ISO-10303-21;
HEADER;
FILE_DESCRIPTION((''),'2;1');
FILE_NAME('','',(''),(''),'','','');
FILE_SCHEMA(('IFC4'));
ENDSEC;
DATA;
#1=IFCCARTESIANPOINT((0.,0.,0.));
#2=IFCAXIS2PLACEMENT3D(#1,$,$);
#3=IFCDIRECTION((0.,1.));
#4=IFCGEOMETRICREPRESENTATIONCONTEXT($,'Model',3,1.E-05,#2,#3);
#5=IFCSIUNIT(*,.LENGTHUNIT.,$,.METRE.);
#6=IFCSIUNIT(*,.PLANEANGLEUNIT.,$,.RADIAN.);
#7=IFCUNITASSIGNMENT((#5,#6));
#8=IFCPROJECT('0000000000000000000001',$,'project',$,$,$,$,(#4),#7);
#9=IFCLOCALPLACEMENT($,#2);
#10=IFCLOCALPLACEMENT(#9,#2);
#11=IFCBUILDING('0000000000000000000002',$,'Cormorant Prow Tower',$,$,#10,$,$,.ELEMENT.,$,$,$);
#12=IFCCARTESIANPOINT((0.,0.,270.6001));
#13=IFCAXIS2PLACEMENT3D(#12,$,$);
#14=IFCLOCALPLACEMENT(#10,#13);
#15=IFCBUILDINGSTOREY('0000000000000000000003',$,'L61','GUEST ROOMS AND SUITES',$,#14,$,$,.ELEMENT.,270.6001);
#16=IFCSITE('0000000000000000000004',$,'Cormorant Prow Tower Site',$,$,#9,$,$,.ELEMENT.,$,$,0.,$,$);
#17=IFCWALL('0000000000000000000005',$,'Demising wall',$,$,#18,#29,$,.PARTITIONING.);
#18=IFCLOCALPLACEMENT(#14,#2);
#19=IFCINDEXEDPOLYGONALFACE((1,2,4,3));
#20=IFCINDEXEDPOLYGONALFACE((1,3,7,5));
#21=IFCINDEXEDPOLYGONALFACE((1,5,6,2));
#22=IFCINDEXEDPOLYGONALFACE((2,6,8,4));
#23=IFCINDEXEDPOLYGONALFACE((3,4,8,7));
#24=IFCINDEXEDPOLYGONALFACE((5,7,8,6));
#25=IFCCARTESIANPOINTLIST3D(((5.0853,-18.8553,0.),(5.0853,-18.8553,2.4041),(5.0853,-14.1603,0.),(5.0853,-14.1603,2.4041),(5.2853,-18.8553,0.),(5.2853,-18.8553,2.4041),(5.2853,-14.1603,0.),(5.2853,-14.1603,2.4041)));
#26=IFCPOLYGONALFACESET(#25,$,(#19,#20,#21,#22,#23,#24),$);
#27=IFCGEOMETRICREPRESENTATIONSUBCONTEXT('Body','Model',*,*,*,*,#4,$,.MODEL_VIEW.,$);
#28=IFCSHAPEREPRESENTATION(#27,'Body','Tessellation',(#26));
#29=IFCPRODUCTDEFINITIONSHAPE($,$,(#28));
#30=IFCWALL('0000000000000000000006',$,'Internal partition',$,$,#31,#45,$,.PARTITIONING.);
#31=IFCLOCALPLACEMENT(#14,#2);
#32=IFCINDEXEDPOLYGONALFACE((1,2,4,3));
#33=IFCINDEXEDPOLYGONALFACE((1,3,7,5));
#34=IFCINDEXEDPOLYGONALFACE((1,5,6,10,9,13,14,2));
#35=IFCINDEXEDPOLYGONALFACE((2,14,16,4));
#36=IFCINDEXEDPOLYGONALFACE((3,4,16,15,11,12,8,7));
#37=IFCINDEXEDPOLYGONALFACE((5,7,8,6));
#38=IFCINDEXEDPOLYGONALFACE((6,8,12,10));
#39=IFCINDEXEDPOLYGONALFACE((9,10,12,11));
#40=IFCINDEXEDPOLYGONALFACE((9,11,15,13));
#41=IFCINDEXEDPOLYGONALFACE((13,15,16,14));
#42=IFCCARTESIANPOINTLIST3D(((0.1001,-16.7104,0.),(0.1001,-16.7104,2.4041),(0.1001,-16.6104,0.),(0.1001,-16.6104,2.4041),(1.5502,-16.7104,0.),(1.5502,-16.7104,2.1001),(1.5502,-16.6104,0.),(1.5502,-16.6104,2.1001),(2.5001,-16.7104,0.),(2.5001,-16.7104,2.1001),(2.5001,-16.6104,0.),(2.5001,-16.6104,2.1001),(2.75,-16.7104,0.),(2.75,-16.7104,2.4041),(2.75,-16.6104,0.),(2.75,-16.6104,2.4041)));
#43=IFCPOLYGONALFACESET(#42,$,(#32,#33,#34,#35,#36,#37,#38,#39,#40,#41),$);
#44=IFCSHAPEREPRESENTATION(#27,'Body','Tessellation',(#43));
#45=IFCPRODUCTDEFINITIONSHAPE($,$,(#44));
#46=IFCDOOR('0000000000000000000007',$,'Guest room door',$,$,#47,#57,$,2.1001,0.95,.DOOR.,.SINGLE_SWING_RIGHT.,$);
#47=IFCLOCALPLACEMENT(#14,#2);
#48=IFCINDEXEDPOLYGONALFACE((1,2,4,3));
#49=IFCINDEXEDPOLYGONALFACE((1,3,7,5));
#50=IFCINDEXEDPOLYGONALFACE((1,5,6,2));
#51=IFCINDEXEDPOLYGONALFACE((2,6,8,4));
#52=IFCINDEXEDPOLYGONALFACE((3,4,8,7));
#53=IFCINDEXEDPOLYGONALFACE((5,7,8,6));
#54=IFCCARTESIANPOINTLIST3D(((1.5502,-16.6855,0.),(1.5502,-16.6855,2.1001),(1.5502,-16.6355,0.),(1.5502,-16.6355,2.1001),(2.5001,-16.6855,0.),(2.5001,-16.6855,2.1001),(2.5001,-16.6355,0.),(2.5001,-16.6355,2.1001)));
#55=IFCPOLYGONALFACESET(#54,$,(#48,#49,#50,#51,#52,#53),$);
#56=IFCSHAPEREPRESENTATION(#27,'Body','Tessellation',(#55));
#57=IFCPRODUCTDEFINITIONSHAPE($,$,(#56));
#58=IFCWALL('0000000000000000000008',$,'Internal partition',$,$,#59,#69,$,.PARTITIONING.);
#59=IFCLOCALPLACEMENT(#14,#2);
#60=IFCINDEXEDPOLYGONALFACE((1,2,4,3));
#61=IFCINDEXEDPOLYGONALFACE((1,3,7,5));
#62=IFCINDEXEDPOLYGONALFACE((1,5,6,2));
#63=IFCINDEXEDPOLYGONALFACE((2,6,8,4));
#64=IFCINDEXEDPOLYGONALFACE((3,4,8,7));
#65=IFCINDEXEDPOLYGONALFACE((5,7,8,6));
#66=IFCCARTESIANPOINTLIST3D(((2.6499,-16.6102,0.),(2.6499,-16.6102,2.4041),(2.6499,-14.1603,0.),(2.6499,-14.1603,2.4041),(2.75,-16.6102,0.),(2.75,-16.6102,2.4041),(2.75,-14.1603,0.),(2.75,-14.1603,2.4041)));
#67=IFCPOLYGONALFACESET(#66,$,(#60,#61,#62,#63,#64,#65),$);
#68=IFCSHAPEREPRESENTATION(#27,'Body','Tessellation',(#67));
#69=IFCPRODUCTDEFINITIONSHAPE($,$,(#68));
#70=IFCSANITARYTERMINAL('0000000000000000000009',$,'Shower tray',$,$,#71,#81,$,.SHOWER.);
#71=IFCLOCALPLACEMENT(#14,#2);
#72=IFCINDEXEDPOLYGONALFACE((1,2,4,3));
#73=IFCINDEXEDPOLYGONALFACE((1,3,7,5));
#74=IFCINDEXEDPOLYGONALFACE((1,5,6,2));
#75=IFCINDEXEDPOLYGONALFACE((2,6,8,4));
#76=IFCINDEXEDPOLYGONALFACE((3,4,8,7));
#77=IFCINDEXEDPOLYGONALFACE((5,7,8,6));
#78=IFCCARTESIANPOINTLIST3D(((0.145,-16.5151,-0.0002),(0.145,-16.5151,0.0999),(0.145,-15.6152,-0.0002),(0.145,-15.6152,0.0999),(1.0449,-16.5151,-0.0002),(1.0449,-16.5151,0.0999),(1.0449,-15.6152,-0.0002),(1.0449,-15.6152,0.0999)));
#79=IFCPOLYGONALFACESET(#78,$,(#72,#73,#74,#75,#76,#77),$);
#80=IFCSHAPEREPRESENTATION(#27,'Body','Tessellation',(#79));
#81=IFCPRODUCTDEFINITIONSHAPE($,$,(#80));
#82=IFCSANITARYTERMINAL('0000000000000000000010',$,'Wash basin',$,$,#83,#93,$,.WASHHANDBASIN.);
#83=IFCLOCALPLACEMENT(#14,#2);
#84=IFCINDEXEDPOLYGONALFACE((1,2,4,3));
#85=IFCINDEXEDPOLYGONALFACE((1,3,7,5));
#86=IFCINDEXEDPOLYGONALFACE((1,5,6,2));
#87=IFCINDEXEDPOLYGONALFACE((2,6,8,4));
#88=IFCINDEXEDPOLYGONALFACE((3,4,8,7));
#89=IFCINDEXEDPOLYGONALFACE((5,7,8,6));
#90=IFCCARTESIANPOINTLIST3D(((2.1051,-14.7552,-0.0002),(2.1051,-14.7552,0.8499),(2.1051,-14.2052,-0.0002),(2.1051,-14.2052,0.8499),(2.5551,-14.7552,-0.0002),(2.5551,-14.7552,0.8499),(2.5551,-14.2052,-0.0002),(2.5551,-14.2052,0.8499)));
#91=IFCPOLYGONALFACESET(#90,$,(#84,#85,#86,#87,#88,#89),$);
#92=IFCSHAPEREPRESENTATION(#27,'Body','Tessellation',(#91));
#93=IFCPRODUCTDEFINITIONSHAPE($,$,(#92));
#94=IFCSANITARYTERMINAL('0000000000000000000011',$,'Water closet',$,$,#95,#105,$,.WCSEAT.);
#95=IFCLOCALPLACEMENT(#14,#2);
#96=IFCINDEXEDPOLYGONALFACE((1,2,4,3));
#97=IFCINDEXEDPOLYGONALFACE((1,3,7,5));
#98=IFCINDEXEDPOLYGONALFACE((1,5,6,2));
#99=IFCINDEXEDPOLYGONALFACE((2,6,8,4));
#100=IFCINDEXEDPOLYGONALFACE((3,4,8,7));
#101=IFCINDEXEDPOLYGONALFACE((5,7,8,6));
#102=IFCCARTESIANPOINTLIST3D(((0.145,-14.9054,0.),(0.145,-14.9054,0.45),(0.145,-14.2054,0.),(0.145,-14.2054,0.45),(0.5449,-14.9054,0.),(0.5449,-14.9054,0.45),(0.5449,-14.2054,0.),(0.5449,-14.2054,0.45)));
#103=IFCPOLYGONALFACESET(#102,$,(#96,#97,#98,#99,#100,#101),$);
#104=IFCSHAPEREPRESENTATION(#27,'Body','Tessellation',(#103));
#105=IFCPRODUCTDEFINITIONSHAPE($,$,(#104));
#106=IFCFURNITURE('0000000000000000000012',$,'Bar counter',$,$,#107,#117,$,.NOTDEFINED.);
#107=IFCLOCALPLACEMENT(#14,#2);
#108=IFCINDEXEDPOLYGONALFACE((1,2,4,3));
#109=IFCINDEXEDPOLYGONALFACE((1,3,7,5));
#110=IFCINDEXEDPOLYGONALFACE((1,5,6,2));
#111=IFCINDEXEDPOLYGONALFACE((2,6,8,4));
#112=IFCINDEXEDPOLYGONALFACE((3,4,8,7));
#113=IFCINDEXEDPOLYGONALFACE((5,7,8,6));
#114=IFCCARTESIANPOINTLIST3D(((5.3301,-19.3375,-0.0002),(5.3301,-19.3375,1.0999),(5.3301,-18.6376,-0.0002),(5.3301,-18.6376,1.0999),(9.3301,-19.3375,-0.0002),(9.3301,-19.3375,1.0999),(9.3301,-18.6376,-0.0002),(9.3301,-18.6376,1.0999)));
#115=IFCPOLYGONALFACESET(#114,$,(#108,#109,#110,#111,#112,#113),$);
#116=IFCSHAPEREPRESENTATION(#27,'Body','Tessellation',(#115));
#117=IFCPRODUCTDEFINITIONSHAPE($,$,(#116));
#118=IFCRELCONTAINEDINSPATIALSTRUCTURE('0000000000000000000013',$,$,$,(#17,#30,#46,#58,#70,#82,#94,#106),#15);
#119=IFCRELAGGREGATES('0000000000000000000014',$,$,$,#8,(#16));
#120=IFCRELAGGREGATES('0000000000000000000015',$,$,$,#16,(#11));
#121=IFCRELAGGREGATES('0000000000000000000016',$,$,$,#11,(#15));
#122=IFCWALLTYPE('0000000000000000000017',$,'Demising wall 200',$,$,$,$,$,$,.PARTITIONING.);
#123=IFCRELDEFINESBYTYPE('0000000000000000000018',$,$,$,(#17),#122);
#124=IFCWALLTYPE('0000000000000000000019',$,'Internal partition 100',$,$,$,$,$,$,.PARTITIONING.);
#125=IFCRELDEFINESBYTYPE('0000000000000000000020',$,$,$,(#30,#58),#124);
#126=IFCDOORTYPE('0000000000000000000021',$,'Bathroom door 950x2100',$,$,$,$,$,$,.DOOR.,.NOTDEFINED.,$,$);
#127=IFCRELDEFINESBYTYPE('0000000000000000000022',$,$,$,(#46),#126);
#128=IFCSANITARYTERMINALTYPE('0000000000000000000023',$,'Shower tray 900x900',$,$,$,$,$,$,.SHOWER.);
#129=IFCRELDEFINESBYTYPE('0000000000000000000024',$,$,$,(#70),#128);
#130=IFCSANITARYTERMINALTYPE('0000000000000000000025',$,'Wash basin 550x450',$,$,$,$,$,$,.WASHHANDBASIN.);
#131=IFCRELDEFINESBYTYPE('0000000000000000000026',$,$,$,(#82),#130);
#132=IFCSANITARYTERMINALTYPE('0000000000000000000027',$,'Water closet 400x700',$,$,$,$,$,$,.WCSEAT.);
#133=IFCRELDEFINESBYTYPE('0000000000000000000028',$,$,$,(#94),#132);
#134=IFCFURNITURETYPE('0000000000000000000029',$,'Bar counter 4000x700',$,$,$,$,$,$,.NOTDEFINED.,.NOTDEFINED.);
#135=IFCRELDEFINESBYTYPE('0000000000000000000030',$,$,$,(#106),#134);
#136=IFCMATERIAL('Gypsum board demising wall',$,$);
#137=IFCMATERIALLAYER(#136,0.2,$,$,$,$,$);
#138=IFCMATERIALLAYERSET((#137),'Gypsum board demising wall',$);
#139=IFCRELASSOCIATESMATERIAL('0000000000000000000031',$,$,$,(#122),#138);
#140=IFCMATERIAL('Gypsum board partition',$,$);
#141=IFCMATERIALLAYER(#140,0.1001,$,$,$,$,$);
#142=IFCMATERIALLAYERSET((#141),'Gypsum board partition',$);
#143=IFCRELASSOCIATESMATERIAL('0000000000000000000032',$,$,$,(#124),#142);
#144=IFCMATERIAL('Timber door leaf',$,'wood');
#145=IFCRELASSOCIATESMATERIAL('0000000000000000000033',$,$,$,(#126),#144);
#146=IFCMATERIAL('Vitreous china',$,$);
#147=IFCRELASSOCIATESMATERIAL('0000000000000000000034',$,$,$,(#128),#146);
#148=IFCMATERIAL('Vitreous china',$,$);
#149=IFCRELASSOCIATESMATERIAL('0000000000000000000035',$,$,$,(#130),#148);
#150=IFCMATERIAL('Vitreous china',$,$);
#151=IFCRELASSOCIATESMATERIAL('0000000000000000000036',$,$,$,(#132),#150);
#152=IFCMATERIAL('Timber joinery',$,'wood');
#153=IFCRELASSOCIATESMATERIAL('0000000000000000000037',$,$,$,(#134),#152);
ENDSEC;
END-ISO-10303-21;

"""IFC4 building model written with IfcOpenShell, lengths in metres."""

from ifc_helpers import new_model, si_unit, direction, frame, frame_2d, origin, origin_2d, place, context, subcontext, project, spatial, rectangle, extrude, material, layer, layer_set, type_object, element, fill, save


model = new_model("IFC4")

# Units and contexts
model_context = context("Model", 3, precision=1e-05, world=origin(), true_north=direction((0.0, 1.0)))
body_context = subcontext(model_context, "Body", "Model", "MODEL_VIEW")
ifc_project = project(units=[si_unit("LENGTHUNIT", "METRE"), si_unit("PLANEANGLEUNIT", "RADIAN")], contexts=[model_context])

# Site, building, storey
site_placement = place(None, origin())
site = spatial("IfcSite", under=ifc_project, at=site_placement, Name="Cormorant Prow Tower Site", CompositionType="ELEMENT", RefElevation=0.0)
building_placement = place(site_placement, origin())
building = spatial("IfcBuilding", under=site, at=building_placement, Name="Cormorant Prow Tower", CompositionType="ELEMENT")
storey_placement = place(building_placement, frame((0.0, 0.0, 270.6001)))
storey = spatial("IfcBuildingStorey", under=building, at=storey_placement, Name="L61", Description="GUEST ROOMS AND SUITES", CompositionType="ELEMENT", Elevation=270.6001)

# Wall
ifc_material_1 = material(Name="Gypsum board demising wall")
ifc_layer_1 = layer(ifc_material_1, 0.2)
ifc_layer_set_1 = layer_set([ifc_layer_1], Name="Gypsum board demising wall")
wall_type_1 = type_object("IfcWallType", Name="Demising wall 200", PredefinedType="PARTITIONING", material=ifc_layer_set_1)
wall_1_placement = place(storey_placement, frame((5.1853, -18.8555, 0.0), z_axis=(0.0, 0.0, 1.0), x_axis=(0.0, 1.0, 0.0)))
element("IfcWall", 1, at=wall_1_placement, inside=storey, type_object=wall_type_1, Name="Demising wall", PredefinedType="PARTITIONING", context=body_context, shape_type="SweptSolid", body=[
    extrude(rectangle(XDim=4.6951, YDim=0.2, at=frame_2d((2.3477, 0.0))), origin(), (0.0, 0.0, 1.0), 2.4041),
])

# Wall, opening, door
ifc_material_2 = material(Name="Gypsum board partition")
ifc_layer_2 = layer(ifc_material_2, 0.1001)
ifc_layer_set_2 = layer_set([ifc_layer_2], Name="Gypsum board partition")
wall_type_2 = type_object("IfcWallType", Name="Internal partition 100", PredefinedType="PARTITIONING", material=ifc_layer_set_2)
wall_2_placement = place(storey_placement, frame((0.1001, -16.6604, 0.0), z_axis=(0.0, 0.0, 1.0), x_axis=(1.0, 0.0, 0.0)))
wall_2 = element("IfcWall", 2, at=wall_2_placement, inside=storey, type_object=wall_type_2, Name="Internal partition", PredefinedType="PARTITIONING", context=body_context, shape_type="SweptSolid", body=[
    extrude(rectangle(XDim=2.6499, YDim=0.1001, at=frame_2d((1.325, 0.0))), origin(), (0.0, 0.0, 1.0), 2.4041),
])
opening_1_placement = place(wall_2_placement, frame((1.45, 0.0, 0.0)))
opening_1 = element("IfcOpeningElement", 3, at=opening_1_placement, cuts=wall_2, PredefinedType="OPENING", context=body_context, shape_type="SweptSolid", body=[
    extrude(rectangle(XDim=0.95, YDim=2.1001, at=frame_2d((0.4751, 1.05))), frame((0.0, 0.0601, 0.0), z_axis=(0.0, -1.0, 0.0), x_axis=(1.0, 0.0, 0.0)), (0.0, 0.0, 1.0), 0.1201),
])
ifc_material_3 = material(Name="Timber door leaf", Category="wood")
door_type_1 = type_object("IfcDoorType", Name="Bathroom door 950x2100", OperationType="NOTDEFINED", PredefinedType="DOOR", material=ifc_material_3)
door_1_placement = place(opening_1_placement, origin())
door_1 = element("IfcDoor", 4, at=door_1_placement, inside=storey, type_object=door_type_1, Name="Guest room door", OperationType="SINGLE_SWING_RIGHT", OverallHeight=2.1001, OverallWidth=0.95, PredefinedType="DOOR", context=body_context, shape_type="SweptSolid", body=[
    extrude(rectangle(XDim=0.95, YDim=2.1001, at=frame_2d((0.4751, 1.05))), frame((0.0, 0.0249, 0.0), z_axis=(0.0, -1.0, 0.0), x_axis=(1.0, 0.0, 0.0)), (0.0, 0.0, 1.0), 0.05),
])
fill(opening_1, door_1)

# Wall
wall_3_placement = place(storey_placement, frame((2.7, -16.6104, 0.0), z_axis=(0.0, 0.0, 1.0), x_axis=(0.0, 1.0, 0.0)))
element("IfcWall", 5, at=wall_3_placement, inside=storey, type_object=wall_type_2, Name="Internal partition", PredefinedType="PARTITIONING", context=body_context, shape_type="SweptSolid", body=[
    extrude(rectangle(XDim=2.45, YDim=0.1001, at=frame_2d((1.2251, 0.0))), origin(), (0.0, 0.0, 1.0), 2.4041),
])

# Sanitary terminals
ifc_material_4 = material(Name="Vitreous china")
sanitary_terminal_type_1 = type_object("IfcSanitaryTerminalType", Name="Shower tray 900x900", PredefinedType="SHOWER", material=ifc_material_4)
sanitary_terminal_1_placement = place(storey_placement, frame((0.595, -16.0652, -0.0002), z_axis=(0.0, 0.0, 1.0), x_axis=(0.0, 1.0, 0.0)))
element("IfcSanitaryTerminal", 6, at=sanitary_terminal_1_placement, inside=storey, type_object=sanitary_terminal_type_1, Name="Shower tray", PredefinedType="SHOWER", context=body_context, shape_type="SweptSolid", body=[
    extrude(rectangle(XDim=0.8999, YDim=0.8999, at=origin_2d()), origin(), (0.0, 0.0, 1.0), 0.1001),
])
ifc_material_5 = material(Name="Vitreous china")
sanitary_terminal_type_2 = type_object("IfcSanitaryTerminalType", Name="Wash basin 550x450", PredefinedType="WASHHANDBASIN", material=ifc_material_5)
sanitary_terminal_2_placement = place(storey_placement, frame((2.3301, -14.4802, -0.0002), z_axis=(0.0, 0.0, 1.0), x_axis=(0.0, -1.0, 0.0)))
element("IfcSanitaryTerminal", 7, at=sanitary_terminal_2_placement, inside=storey, type_object=sanitary_terminal_type_2, Name="Wash basin", PredefinedType="WASHHANDBASIN", context=body_context, shape_type="SweptSolid", body=[
    extrude(rectangle(XDim=0.55, YDim=0.45, at=origin_2d()), origin(), (0.0, 0.0, 1.0), 0.8501),
])
ifc_material_6 = material(Name="Vitreous china")
sanitary_terminal_type_3 = type_object("IfcSanitaryTerminalType", Name="Water closet 400x700", PredefinedType="WCSEAT", material=ifc_material_6)
sanitary_terminal_3_placement = place(storey_placement, frame((0.345, -14.5554, 0.0), z_axis=(0.0, 0.0, 1.0), x_axis=(1.0, 0.0, 0.0)))
element("IfcSanitaryTerminal", 8, at=sanitary_terminal_3_placement, inside=storey, type_object=sanitary_terminal_type_3, Name="Water closet", PredefinedType="WCSEAT", context=body_context, shape_type="SweptSolid", body=[
    extrude(rectangle(XDim=0.3999, YDim=0.7, at=origin_2d()), origin(), (0.0, 0.0, 1.0), 0.45),
])

# Furniture
ifc_material_7 = material(Name="Timber joinery", Category="wood")
furniture_type = type_object("IfcFurnitureType", Name="Bar counter 4000x700", AssemblyPlace="NOTDEFINED", PredefinedType="NOTDEFINED", material=ifc_material_7)
furniture_placement = place(storey_placement, frame((7.3301, -18.9875, -0.0002), z_axis=(0.0, 0.0, 1.0), x_axis=(1.0, 0.0, 0.0)))
element("IfcFurniture", 9, at=furniture_placement, inside=storey, type_object=furniture_type, Name="Bar counter", PredefinedType="NOTDEFINED", context=body_context, shape_type="SweptSolid", body=[
    extrude(rectangle(XDim=4.0, YDim=0.7, at=origin_2d()), origin(), (0.0, 0.0, 1.0), 1.1001),
])

save(model, "model.ifc")
